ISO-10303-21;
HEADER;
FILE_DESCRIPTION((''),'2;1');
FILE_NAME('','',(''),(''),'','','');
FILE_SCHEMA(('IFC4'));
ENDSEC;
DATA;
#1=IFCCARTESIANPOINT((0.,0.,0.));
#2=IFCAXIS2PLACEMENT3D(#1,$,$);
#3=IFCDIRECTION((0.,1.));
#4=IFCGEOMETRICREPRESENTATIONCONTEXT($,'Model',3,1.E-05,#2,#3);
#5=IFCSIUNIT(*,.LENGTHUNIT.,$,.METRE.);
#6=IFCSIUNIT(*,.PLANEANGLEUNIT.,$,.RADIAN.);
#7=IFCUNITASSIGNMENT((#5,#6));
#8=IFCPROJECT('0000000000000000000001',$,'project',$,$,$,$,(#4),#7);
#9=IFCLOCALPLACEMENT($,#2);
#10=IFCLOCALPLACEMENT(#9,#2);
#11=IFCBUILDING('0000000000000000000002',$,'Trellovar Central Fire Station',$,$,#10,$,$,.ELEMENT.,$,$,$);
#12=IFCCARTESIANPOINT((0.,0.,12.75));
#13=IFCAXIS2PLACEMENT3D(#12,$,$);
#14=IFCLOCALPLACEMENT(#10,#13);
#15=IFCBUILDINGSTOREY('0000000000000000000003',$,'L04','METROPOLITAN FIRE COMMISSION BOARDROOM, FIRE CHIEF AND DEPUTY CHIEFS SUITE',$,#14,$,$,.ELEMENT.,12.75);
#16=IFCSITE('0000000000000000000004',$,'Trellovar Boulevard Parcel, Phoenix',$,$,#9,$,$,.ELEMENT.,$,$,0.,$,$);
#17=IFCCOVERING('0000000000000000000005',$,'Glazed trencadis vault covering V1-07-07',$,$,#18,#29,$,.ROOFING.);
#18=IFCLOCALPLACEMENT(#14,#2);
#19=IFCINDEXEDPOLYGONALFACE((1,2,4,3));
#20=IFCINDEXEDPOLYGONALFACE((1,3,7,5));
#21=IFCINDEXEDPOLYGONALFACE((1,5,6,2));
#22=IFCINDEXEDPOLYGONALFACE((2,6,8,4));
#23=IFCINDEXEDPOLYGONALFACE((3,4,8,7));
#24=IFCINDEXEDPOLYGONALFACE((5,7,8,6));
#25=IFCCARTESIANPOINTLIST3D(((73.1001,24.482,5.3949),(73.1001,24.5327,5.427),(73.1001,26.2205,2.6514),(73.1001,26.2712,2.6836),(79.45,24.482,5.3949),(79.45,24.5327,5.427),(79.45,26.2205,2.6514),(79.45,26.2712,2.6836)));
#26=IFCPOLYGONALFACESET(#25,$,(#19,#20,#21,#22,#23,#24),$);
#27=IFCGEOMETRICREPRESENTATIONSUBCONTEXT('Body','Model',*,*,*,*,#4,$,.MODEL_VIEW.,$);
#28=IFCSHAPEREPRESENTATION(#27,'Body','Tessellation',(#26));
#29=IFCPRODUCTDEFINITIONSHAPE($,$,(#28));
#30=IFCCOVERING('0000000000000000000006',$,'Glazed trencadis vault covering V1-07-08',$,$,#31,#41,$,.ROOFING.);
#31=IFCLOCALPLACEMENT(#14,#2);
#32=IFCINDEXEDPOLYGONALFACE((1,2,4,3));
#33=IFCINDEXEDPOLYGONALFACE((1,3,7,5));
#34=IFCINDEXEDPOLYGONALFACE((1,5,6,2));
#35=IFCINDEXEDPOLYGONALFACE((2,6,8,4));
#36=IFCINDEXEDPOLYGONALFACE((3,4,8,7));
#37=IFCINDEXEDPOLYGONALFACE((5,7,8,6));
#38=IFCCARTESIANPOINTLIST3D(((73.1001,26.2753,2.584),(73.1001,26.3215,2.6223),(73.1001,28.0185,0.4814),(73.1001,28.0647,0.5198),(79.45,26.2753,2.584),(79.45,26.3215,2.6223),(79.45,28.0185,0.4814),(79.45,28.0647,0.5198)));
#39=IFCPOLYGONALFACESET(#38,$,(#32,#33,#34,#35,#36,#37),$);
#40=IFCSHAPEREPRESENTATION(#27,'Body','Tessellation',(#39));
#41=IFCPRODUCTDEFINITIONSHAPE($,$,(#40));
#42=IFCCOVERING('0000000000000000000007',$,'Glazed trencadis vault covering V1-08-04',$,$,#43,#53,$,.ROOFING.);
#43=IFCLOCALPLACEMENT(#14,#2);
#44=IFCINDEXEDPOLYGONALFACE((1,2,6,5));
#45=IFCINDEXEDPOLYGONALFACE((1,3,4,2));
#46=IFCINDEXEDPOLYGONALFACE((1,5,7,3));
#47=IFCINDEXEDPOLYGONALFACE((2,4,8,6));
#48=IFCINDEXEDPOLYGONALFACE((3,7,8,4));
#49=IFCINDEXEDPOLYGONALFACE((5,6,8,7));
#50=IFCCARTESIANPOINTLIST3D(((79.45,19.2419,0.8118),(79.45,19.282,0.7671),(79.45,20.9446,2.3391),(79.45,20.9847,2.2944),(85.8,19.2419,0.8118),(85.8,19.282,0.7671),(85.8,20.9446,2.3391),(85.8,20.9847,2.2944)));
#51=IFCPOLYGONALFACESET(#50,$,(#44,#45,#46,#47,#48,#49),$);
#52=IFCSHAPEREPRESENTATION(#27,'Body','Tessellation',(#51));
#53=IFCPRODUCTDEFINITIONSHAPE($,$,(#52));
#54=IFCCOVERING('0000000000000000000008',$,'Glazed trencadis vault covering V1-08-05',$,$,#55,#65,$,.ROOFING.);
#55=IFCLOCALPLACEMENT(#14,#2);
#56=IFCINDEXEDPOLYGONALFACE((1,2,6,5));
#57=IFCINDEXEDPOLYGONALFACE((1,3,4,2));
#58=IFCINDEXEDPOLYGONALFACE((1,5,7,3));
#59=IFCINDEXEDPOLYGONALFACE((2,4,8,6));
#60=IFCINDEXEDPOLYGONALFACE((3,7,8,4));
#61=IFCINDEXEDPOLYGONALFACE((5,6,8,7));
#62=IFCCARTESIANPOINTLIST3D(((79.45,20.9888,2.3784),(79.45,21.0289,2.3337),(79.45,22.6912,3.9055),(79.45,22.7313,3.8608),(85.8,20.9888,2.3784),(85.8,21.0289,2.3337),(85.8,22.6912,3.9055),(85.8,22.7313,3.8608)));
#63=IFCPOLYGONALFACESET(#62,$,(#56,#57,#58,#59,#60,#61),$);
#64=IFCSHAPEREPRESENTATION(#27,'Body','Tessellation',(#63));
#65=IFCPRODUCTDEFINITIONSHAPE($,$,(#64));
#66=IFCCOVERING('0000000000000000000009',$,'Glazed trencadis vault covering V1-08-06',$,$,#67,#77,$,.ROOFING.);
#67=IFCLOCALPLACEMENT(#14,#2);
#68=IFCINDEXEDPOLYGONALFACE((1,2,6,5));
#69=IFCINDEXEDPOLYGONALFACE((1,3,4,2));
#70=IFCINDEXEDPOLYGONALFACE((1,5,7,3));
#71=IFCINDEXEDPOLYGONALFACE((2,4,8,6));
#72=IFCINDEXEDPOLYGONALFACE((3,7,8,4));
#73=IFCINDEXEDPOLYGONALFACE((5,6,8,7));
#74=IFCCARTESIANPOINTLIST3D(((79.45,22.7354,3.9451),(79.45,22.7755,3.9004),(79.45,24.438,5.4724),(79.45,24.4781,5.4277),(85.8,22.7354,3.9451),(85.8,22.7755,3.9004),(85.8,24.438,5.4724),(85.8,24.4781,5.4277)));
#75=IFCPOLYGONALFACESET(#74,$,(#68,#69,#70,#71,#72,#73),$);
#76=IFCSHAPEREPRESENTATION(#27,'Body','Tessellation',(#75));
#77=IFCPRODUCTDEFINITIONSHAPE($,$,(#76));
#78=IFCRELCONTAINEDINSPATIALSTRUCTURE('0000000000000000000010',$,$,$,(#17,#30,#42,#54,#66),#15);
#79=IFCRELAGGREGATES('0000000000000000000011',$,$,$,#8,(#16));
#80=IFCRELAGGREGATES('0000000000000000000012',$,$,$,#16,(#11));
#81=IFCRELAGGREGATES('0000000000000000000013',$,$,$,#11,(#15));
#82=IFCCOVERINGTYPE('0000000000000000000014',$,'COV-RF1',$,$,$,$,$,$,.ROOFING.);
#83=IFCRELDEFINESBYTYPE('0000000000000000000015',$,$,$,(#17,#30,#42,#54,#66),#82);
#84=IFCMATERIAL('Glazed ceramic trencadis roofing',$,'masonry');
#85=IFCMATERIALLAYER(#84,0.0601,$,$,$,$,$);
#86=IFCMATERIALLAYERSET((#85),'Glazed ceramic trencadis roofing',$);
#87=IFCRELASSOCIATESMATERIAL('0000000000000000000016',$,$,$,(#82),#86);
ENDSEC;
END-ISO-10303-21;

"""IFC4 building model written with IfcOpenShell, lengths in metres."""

from ifc_helpers import new_model, si_unit, direction, frame, origin, place, context, subcontext, project, spatial, polyline, outline, extrude, material, layer, layer_set, type_object, element, save


model = new_model("IFC4")

# Units and contexts
model_context = context("Model", 3, precision=1e-05, world=origin(), true_north=direction((0.0, 1.0)))
body_context = subcontext(model_context, "Body", "Model", "MODEL_VIEW")
ifc_project = project(units=[si_unit("LENGTHUNIT", "METRE"), si_unit("PLANEANGLEUNIT", "RADIAN")], contexts=[model_context])

# Site, building, storey
site_placement = place(None, origin())
site = spatial("IfcSite", under=ifc_project, at=site_placement, Name="Trellovar Boulevard Parcel, Phoenix", CompositionType="ELEMENT", RefElevation=0.0)
building_placement = place(site_placement, origin())
building = spatial("IfcBuilding", under=site, at=building_placement, Name="Trellovar Central Fire Station", CompositionType="ELEMENT")
storey_placement = place(building_placement, frame((0.0, 0.0, 12.75)))
storey = spatial("IfcBuildingStorey", under=building, at=storey_placement, Name="L04", Description="METROPOLITAN FIRE COMMISSION BOARDROOM, FIRE CHIEF AND DEPUTY CHIEFS SUITE", CompositionType="ELEMENT", Elevation=12.75)

# Coverings
ifc_material_1 = material(Name="Glazed ceramic trencadis roofing", Category="masonry")
ifc_layer_1 = layer(ifc_material_1, 0.0601)
ifc_layer_set_1 = layer_set([ifc_layer_1], Name="Glazed ceramic trencadis roofing")
covering_type = type_object("IfcCoveringType", Name="COV-RF1", PredefinedType="ROOFING", material=ifc_layer_set_1)
covering_1_placement = place(storey_placement, frame((73.1001, 24.5327, 5.427), z_axis=(0.0, 0.844675, 0.535279), x_axis=(1.0, 0.0, 0.0)))
element("IfcCovering", 1, at=covering_1_placement, inside=storey, type_object=covering_type, Name="Glazed trencadis vault covering V1-07-07", PredefinedType="ROOFING", context=body_context, shape_type="SweptSolid", body=[
    extrude(outline(polyline([(0.0, 0.0), (6.3499, 0.0), (6.3499, 3.2479), (0.0, 3.2479), (0.0, 0.0)])), origin(), (0.0, 0.0, -1.0), 0.0601),
])
covering_2_placement = place(storey_placement, frame((73.1001, 26.3215, 2.6223), z_axis=(0.0, 0.769831, 0.638248), x_axis=(1.0, 0.0, 0.0)))
element("IfcCovering", 2, at=covering_2_placement, inside=storey, type_object=covering_type, Name="Glazed trencadis vault covering V1-07-08", PredefinedType="ROOFING", context=body_context, shape_type="SweptSolid", body=[
    extrude(outline(polyline([(0.0, 0.0), (6.3499, 0.0), (6.3499, 2.7312), (0.0, 2.7312), (0.0, 0.0)])), origin(), (0.0, 0.0, -1.0), 0.0601),
])
covering_3_placement = place(storey_placement, frame((79.45, 19.2419, 0.8118), z_axis=(0.0, -0.667749, 0.744386), x_axis=(1.0, 0.0, 0.0)))
element("IfcCovering", 3, at=covering_3_placement, inside=storey, type_object=covering_type, Name="Glazed trencadis vault covering V1-08-04", PredefinedType="ROOFING", context=body_context, shape_type="SweptSolid", body=[
    extrude(outline(polyline([(0.0, 0.0), (6.3501, 0.0), (6.3501, 2.2873), (0.0, 2.2873), (0.0, 0.0)])), origin(), (0.0, 0.0, -1.0), 0.0601),
])
covering_4_placement = place(storey_placement, frame((79.45, 20.9888, 2.3784), z_axis=(0.0, -0.667743, 0.744392), x_axis=(1.0, 0.0, 0.0)))
element("IfcCovering", 4, at=covering_4_placement, inside=storey, type_object=covering_type, Name="Glazed trencadis vault covering V1-08-05", PredefinedType="ROOFING", context=body_context, shape_type="SweptSolid", body=[
    extrude(outline(polyline([(0.0, 0.0), (6.3501, 0.0), (6.3501, 2.287), (0.0, 2.287), (0.0, 0.0)])), origin(), (0.0, 0.0, -1.0), 0.0601),
])
covering_5_placement = place(storey_placement, frame((79.45, 22.7354, 3.9451), z_axis=(0.0, -0.667749, 0.744386), x_axis=(1.0, 0.0, 0.0)))
element("IfcCovering", 5, at=covering_5_placement, inside=storey, type_object=covering_type, Name="Glazed trencadis vault covering V1-08-06", PredefinedType="ROOFING", context=body_context, shape_type="SweptSolid", body=[
    extrude(outline(polyline([(0.0, 0.0), (6.3501, 0.0), (6.3501, 2.2873), (0.0, 2.2873), (0.0, 0.0)])), origin(), (0.0, 0.0, -1.0), 0.0601),
])

save(model, "model.ifc")
